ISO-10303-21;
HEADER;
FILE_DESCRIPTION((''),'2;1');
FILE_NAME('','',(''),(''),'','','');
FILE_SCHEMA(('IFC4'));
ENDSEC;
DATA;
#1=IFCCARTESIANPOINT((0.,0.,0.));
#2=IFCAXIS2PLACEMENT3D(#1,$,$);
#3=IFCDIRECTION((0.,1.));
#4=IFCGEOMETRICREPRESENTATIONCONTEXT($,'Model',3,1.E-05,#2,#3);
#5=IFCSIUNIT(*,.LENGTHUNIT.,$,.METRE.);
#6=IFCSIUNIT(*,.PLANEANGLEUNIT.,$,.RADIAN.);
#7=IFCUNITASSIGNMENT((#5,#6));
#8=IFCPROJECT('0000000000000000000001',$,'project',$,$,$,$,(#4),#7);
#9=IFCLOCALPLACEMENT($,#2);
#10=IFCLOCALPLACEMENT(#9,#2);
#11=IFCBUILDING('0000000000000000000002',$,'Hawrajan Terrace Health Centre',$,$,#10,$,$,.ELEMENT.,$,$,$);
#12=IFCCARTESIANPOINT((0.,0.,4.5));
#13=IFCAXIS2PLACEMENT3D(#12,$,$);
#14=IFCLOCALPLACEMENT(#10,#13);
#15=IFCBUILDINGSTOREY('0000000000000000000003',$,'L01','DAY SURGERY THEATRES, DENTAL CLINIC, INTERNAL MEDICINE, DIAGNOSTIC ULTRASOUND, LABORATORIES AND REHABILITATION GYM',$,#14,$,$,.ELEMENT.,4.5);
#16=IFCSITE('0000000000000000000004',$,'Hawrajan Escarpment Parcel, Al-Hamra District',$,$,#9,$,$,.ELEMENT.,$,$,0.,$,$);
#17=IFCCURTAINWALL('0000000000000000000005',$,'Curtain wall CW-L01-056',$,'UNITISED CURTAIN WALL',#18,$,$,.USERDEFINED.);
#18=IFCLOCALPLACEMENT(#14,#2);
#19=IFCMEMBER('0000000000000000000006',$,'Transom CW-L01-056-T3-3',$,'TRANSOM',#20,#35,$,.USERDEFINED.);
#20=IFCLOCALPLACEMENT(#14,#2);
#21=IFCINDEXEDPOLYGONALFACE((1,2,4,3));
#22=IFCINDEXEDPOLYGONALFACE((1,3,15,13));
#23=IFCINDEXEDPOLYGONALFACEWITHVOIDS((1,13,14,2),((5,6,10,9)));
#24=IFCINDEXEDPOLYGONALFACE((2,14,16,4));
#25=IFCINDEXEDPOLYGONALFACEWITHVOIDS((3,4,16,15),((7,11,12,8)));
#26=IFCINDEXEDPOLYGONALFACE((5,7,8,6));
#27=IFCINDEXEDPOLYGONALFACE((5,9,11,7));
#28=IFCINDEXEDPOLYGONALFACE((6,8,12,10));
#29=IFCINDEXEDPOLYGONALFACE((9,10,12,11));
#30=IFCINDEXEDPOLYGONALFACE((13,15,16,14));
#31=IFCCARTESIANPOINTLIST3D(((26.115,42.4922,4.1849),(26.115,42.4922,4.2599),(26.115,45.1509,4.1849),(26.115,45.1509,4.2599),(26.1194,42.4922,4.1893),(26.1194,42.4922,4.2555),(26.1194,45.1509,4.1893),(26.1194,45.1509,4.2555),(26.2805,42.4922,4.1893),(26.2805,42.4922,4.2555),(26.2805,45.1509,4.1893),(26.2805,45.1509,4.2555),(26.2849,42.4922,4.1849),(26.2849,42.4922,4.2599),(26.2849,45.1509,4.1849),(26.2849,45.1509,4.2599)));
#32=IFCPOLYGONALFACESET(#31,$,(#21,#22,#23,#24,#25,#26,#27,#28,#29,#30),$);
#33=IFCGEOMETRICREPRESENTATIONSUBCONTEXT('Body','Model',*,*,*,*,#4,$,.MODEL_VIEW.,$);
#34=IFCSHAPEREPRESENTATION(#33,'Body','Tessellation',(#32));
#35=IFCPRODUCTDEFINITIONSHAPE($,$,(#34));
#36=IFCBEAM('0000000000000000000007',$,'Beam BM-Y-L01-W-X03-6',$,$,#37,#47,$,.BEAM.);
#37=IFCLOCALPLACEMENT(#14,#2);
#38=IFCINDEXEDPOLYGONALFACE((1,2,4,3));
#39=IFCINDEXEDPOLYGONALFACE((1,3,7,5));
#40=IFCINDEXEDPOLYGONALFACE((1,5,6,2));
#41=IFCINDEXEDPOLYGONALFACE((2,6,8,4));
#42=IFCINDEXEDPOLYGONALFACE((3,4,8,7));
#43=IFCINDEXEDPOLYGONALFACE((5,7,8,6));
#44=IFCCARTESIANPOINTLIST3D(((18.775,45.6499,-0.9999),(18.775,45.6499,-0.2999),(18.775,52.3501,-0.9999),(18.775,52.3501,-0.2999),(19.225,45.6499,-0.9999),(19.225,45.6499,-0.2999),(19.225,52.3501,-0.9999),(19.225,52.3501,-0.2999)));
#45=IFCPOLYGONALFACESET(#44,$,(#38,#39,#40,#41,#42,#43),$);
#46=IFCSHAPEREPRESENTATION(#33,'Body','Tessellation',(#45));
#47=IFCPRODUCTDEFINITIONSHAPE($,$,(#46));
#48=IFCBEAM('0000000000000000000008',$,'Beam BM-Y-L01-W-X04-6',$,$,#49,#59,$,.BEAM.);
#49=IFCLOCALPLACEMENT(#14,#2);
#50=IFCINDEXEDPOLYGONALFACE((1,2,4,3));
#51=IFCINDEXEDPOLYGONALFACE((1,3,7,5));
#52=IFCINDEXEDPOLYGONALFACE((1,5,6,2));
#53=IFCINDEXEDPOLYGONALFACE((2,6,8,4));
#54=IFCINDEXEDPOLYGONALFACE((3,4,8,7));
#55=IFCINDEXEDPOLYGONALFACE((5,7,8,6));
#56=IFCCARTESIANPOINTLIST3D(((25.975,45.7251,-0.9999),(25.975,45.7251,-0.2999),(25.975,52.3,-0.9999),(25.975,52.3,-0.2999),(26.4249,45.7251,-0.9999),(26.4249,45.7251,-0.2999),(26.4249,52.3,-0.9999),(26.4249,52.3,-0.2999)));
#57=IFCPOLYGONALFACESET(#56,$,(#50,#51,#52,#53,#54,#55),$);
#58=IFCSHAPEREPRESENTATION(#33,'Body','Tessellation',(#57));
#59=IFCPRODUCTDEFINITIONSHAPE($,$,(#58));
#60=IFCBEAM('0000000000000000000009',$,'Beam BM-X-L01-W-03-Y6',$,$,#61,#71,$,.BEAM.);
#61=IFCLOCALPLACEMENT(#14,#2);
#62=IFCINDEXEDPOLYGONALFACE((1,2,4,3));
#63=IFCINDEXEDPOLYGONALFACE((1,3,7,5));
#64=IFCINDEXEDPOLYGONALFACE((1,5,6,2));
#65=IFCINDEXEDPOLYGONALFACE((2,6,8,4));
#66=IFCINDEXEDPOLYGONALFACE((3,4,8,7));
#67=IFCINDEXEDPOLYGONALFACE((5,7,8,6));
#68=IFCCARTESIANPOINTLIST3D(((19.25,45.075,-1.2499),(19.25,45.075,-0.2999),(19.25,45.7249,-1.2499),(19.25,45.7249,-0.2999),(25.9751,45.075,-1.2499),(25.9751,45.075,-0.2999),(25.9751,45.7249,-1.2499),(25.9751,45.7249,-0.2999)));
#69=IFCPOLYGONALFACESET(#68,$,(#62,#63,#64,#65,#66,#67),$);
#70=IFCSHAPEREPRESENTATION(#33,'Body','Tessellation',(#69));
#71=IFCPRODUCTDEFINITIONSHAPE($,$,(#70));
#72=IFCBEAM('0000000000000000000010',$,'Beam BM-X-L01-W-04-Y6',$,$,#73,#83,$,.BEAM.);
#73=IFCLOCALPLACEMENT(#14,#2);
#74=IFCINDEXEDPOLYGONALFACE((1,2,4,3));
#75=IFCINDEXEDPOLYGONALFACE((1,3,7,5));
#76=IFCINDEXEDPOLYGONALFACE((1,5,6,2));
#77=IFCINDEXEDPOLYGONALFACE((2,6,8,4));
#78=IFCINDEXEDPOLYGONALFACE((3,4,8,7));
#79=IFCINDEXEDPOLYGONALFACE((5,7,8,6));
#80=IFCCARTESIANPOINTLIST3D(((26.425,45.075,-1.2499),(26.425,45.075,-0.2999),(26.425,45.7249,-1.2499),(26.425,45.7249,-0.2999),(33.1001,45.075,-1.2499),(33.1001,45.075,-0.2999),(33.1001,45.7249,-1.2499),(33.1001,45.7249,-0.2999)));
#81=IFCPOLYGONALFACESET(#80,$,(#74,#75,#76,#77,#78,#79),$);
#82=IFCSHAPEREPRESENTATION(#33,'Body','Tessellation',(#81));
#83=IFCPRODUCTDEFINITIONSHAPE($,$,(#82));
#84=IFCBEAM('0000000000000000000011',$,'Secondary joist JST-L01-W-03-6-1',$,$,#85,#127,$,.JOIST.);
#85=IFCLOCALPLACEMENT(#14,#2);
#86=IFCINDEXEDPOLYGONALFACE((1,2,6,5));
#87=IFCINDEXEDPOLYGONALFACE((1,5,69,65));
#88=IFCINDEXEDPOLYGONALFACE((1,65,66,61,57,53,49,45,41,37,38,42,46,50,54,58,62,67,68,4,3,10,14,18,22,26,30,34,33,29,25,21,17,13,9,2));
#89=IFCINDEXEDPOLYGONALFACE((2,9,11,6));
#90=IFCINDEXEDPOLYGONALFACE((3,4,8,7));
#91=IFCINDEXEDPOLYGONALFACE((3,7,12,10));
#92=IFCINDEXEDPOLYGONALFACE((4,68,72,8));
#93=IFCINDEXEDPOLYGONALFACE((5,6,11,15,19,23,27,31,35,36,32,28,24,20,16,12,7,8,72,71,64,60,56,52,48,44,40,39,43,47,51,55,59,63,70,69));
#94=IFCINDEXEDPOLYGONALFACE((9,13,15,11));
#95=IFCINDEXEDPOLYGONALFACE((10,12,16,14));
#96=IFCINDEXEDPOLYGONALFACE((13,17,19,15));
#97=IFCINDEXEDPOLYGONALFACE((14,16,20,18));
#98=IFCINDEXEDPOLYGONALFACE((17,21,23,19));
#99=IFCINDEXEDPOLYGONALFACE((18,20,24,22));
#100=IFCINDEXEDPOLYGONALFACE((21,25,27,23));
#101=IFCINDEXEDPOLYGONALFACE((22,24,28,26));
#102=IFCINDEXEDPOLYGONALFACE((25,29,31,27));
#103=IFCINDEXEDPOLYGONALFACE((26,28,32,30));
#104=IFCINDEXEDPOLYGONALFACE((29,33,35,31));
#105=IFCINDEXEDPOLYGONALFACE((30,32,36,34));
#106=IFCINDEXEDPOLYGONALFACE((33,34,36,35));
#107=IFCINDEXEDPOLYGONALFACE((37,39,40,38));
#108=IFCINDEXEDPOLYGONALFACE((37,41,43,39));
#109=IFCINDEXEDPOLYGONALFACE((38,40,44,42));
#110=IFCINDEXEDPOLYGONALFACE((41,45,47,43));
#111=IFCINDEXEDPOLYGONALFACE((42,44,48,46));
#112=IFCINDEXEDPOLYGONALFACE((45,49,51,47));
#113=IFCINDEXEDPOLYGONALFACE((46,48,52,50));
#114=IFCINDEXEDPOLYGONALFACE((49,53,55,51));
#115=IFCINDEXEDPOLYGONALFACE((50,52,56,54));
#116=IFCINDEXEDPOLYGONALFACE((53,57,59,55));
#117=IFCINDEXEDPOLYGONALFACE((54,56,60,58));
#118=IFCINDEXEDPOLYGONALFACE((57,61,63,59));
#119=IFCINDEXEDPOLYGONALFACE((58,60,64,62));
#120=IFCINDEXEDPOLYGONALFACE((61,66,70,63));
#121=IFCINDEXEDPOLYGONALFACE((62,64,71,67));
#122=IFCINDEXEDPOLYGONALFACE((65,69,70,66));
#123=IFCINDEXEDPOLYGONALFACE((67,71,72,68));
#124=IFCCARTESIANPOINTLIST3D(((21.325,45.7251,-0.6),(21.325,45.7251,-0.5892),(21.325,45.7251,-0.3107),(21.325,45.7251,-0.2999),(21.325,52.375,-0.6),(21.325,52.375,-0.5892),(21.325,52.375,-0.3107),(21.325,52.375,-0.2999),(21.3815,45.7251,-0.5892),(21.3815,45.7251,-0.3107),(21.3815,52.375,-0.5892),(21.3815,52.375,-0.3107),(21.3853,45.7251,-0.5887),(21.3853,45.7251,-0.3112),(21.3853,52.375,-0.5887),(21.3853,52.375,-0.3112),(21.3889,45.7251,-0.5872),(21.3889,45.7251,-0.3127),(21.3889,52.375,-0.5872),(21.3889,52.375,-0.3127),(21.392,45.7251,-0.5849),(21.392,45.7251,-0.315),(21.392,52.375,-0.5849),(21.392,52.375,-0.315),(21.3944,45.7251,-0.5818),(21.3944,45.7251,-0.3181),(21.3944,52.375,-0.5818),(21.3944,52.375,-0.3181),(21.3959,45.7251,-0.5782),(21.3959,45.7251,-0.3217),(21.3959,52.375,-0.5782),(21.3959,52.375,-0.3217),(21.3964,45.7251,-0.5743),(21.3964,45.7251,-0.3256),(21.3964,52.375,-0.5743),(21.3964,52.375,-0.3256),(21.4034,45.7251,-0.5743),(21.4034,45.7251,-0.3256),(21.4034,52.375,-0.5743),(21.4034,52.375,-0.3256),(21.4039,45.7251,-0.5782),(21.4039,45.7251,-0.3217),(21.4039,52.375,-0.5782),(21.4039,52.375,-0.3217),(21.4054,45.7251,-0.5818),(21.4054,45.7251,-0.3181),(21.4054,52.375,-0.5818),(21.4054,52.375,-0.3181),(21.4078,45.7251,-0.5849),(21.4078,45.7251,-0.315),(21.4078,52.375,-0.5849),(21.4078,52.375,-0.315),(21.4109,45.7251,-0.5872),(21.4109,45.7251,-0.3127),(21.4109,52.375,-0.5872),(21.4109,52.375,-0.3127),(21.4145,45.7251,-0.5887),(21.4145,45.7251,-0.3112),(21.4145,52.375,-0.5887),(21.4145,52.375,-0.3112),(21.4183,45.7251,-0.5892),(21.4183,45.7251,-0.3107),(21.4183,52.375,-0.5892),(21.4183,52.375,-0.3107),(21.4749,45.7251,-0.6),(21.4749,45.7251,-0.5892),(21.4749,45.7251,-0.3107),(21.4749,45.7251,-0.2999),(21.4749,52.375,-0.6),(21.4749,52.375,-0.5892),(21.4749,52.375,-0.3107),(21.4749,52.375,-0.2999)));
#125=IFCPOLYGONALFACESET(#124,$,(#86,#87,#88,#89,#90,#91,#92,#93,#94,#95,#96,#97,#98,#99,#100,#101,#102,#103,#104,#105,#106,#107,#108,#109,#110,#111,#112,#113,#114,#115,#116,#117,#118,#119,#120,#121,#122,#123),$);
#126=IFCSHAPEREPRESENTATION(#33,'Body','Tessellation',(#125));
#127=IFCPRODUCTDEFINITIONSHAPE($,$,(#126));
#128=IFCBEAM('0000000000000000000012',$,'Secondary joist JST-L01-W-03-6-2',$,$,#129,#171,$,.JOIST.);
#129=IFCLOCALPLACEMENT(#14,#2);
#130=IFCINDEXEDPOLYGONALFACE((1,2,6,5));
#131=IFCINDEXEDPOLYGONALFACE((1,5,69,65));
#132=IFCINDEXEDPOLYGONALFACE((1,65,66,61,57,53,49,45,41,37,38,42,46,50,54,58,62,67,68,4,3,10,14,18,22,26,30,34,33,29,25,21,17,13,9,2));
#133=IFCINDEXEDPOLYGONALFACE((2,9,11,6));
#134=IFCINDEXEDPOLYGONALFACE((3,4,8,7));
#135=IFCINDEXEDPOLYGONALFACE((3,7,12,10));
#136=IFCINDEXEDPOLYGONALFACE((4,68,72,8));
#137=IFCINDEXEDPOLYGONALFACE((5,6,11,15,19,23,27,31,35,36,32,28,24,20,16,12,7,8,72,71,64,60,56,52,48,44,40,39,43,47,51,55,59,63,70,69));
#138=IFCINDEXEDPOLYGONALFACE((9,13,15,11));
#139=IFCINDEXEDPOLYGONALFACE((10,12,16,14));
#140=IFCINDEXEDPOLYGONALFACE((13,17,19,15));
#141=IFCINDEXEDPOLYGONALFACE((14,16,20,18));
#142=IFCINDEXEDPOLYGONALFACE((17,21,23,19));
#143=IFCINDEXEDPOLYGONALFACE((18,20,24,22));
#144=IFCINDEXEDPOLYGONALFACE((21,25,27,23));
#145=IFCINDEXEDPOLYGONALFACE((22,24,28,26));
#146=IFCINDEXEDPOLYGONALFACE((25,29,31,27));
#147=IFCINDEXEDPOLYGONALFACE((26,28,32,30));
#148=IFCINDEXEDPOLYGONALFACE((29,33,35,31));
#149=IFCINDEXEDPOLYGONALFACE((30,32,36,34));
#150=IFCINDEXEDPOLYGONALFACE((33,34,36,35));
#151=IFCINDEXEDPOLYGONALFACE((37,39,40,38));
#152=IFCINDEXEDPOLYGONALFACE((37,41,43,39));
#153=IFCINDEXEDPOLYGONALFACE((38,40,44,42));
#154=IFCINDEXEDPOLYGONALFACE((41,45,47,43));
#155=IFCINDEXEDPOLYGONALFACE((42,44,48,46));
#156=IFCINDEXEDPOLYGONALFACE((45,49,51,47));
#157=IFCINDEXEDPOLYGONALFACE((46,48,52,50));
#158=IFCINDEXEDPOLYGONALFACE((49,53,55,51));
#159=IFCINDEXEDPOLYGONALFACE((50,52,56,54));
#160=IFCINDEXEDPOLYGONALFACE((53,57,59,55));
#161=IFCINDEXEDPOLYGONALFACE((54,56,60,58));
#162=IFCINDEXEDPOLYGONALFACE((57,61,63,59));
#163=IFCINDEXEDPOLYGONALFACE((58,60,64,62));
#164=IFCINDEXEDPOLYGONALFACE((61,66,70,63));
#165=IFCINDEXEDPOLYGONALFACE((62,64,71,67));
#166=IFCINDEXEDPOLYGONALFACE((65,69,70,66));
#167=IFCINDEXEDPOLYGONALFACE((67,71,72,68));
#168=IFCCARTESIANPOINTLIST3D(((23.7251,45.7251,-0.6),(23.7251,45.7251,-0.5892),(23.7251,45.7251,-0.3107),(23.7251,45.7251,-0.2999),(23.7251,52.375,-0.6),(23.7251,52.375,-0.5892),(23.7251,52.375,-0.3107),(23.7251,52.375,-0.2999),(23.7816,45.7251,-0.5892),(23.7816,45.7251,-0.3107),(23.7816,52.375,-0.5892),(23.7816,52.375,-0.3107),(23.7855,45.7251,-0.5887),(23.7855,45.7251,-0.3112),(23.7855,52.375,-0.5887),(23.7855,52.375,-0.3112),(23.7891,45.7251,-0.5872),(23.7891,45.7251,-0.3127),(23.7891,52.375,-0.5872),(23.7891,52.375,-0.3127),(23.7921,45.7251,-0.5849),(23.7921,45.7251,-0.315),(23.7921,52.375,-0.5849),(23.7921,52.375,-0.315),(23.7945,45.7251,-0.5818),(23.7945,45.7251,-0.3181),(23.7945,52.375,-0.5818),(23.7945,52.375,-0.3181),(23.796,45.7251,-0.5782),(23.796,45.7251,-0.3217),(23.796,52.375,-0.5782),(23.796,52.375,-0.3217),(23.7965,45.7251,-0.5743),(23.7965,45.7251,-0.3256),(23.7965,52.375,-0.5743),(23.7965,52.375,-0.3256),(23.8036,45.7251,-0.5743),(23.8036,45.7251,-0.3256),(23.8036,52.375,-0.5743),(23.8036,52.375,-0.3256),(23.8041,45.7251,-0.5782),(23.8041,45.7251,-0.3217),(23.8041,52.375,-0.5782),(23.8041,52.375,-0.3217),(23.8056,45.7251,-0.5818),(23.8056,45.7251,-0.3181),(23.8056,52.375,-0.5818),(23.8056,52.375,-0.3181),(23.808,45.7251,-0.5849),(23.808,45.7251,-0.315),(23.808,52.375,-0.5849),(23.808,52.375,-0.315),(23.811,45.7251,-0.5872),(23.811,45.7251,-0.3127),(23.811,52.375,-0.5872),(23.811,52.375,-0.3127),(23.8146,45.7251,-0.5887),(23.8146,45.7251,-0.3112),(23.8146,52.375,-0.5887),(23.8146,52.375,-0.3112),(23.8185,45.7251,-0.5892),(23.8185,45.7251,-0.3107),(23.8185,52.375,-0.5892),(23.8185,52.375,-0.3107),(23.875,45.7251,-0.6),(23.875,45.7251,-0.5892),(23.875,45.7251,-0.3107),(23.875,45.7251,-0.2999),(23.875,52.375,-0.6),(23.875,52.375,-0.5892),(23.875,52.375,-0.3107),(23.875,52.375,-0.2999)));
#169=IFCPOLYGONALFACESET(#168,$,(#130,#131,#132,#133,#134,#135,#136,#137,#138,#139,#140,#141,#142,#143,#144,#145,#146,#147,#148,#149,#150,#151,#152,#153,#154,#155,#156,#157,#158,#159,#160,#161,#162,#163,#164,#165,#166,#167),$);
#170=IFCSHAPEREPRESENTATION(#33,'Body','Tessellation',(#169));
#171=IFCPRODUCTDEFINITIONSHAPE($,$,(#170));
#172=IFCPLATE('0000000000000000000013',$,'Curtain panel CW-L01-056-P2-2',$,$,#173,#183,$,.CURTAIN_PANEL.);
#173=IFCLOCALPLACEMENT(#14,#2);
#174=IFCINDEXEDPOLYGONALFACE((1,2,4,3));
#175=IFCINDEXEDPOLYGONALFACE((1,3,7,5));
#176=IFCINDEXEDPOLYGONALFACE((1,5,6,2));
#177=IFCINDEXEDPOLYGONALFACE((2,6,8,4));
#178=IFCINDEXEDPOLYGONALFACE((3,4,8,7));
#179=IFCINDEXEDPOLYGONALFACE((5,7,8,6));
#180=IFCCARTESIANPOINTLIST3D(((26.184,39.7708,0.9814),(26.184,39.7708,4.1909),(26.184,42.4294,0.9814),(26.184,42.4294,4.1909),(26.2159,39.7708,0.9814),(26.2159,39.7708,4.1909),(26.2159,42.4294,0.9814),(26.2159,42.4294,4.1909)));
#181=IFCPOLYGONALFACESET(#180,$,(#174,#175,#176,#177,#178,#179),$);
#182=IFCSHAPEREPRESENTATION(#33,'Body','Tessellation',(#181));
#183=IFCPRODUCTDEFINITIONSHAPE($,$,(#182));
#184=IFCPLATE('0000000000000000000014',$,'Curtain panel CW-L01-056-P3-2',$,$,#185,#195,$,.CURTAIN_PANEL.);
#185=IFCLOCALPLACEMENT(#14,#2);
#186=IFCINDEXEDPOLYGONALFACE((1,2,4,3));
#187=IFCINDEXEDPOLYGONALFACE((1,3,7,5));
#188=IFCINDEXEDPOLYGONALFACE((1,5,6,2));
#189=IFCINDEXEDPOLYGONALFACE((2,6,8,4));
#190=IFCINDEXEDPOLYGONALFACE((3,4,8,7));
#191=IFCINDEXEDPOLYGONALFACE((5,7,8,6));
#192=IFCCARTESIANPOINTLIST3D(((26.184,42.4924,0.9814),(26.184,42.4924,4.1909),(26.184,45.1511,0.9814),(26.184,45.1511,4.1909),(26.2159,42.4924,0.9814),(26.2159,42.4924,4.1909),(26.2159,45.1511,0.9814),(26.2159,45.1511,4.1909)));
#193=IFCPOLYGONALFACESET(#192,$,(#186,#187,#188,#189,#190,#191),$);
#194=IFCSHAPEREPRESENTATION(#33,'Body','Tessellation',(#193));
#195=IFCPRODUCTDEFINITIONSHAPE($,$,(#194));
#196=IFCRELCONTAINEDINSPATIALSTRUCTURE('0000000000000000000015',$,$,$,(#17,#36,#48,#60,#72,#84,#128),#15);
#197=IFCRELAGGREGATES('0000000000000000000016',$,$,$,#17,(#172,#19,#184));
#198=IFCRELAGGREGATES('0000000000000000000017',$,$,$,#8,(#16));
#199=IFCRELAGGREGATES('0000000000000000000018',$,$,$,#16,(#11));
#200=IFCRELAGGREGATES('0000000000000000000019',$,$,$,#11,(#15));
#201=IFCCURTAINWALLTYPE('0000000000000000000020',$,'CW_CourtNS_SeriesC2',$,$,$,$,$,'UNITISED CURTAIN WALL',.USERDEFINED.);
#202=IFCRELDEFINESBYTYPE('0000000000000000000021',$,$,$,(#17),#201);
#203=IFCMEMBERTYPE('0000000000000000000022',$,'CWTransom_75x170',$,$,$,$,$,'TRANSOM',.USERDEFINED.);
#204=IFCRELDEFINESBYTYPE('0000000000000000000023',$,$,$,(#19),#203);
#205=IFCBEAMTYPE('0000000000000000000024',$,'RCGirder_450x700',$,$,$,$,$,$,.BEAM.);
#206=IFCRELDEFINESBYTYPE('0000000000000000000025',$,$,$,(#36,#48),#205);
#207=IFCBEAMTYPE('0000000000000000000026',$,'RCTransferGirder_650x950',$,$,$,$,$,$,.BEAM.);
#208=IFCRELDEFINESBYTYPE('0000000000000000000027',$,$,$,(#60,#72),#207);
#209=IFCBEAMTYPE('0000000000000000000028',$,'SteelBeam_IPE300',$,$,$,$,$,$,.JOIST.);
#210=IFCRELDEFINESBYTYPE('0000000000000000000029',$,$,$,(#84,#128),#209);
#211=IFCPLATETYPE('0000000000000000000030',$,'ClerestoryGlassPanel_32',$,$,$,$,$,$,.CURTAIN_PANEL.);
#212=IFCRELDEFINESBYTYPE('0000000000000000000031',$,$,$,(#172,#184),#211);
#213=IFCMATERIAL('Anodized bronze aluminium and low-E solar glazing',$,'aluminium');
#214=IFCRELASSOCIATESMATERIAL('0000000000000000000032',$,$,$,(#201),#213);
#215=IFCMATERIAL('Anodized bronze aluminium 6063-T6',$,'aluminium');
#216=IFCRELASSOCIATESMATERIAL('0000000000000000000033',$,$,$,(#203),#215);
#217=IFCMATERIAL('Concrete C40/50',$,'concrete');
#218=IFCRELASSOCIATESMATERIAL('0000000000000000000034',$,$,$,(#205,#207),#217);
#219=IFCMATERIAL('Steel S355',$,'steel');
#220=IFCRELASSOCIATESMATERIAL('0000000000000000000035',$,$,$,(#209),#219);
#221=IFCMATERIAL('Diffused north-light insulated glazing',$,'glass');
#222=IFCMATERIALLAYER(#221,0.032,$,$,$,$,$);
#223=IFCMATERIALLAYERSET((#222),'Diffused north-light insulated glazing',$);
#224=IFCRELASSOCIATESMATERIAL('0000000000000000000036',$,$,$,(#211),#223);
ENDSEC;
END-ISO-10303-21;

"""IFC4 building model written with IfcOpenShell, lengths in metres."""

from ifc_helpers import new_model, si_unit, direction, frame, origin, origin_2d, place, context, subcontext, project, spatial, rectangle, hollow_rectangle, i_section, extrude, material, layer, layer_set, material_profile, profile_set, type_object, element, aggregate, save


model = new_model("IFC4")

# Units and contexts
model_context = context("Model", 3, precision=1e-05, world=origin(), true_north=direction((0.0, 1.0)))
body_context = subcontext(model_context, "Body", "Model", "MODEL_VIEW")
ifc_project = project(units=[si_unit("LENGTHUNIT", "METRE"), si_unit("PLANEANGLEUNIT", "RADIAN")], contexts=[model_context])

# Site, building, storey
site_placement = place(None, origin())
site = spatial("IfcSite", under=ifc_project, at=site_placement, Name="Hawrajan Escarpment Parcel, Al-Hamra District", CompositionType="ELEMENT", RefElevation=0.0)
building_placement = place(site_placement, origin())
building = spatial("IfcBuilding", under=site, at=building_placement, Name="Hawrajan Terrace Health Centre", CompositionType="ELEMENT")
storey_placement = place(building_placement, frame((0.0, 0.0, 4.5)))
storey = spatial("IfcBuildingStorey", under=building, at=storey_placement, Name="L01", Description="DAY SURGERY THEATRES, DENTAL CLINIC, INTERNAL MEDICINE, DIAGNOSTIC ULTRASOUND, LABORATORIES AND REHABILITATION GYM", CompositionType="ELEMENT", Elevation=4.5)

# Shared definitions
ifc_material_1 = material(Name="Anodized bronze aluminium and low-E solar glazing", Category="aluminium")
ifc_material_2 = material(Name="Anodized bronze aluminium 6063-T6", Category="aluminium")

# Curtain wall
curtain_wall_type_1 = type_object("IfcCurtainWallType", Name="CW_CourtNS_SeriesC2", ElementType="UNITISED CURTAIN WALL", PredefinedType="USERDEFINED", material=ifc_material_1)
curtain_wall_1_placement = place(storey_placement, origin())
curtain_wall_1 = element("IfcCurtainWall", 1, at=curtain_wall_1_placement, inside=storey, type_object=curtain_wall_type_1, Name="Curtain wall CW-L01-056", ObjectType="UNITISED CURTAIN WALL", PredefinedType="USERDEFINED")

# Member
ifc_material_profile_1 = material_profile(ifc_material_2, hollow_rectangle(XDim=0.075, YDim=0.1699, WallThickness=0.0044, at=origin_2d()), Name="CW TRN 75x170")
ifc_profile_set_1 = profile_set([ifc_material_profile_1], Name="Anodized bronze aluminium 6063-T6")
member_type_1 = type_object("IfcMemberType", Name="CWTransom_75x170", ElementType="TRANSOM", PredefinedType="USERDEFINED", material=ifc_profile_set_1)
member_1_placement = place(storey_placement, frame((26.2, 42.4922, 4.2224), z_axis=(0.0, 1.0, 0.0), x_axis=(0.0, 0.0, 1.0)))
member_1 = element("IfcMember", 2, at=member_1_placement, type_object=member_type_1, Name="Transom CW-L01-056-T3-3", ObjectType="TRANSOM", PredefinedType="USERDEFINED", context=body_context, shape_type="SweptSolid", body=[
    extrude(hollow_rectangle(XDim=0.075, YDim=0.1699, WallThickness=0.0044, at=origin_2d()), origin(), (0.0, 0.0, 1.0), 2.6587),
])

# Beams
ifc_material_3 = material(Name="Concrete C40/50", Category="concrete")
ifc_material_profile_2 = material_profile(ifc_material_3, rectangle(XDim=0.45, YDim=0.7, at=origin_2d()), Name="RC BM 450x700")
ifc_profile_set_2 = profile_set([ifc_material_profile_2], Name="Concrete C40/50")
beam_type_1 = type_object("IfcBeamType", Name="RCGirder_450x700", PredefinedType="BEAM", material=ifc_profile_set_2)
beam_1_placement = place(storey_placement, frame((19.0, 45.6499, -0.6499), z_axis=(0.0, 1.0, 0.0), x_axis=(-1.0, 0.0, 0.0)))
element("IfcBeam", 3, at=beam_1_placement, inside=storey, type_object=beam_type_1, Name="Beam BM-Y-L01-W-X03-6", PredefinedType="BEAM", context=body_context, shape_type="SweptSolid", body=[
    extrude(rectangle(XDim=0.45, YDim=0.7, at=origin_2d()), origin(), (0.0, 0.0, 1.0), 6.7002),
])
beam_2_placement = place(storey_placement, frame((26.2, 45.7251, -0.6499), z_axis=(0.0, 1.0, 0.0), x_axis=(-1.0, 0.0, 0.0)))
element("IfcBeam", 4, at=beam_2_placement, inside=storey, type_object=beam_type_1, Name="Beam BM-Y-L01-W-X04-6", PredefinedType="BEAM", context=body_context, shape_type="SweptSolid", body=[
    extrude(rectangle(XDim=0.45, YDim=0.7, at=origin_2d()), origin(), (0.0, 0.0, 1.0), 6.575),
])
ifc_material_profile_3 = material_profile(ifc_material_3, rectangle(XDim=0.6499, YDim=0.95, at=origin_2d()), Name="RC TG 650x950")
ifc_profile_set_3 = profile_set([ifc_material_profile_3], Name="Concrete C40/50")
beam_type_2 = type_object("IfcBeamType", Name="RCTransferGirder_650x950", PredefinedType="BEAM", material=ifc_profile_set_3)
beam_3_placement = place(storey_placement, frame((19.25, 45.3999, -0.7749), z_axis=(1.0, 0.0, 0.0), x_axis=(0.0, 1.0, 0.0)))
element("IfcBeam", 5, at=beam_3_placement, inside=storey, type_object=beam_type_2, Name="Beam BM-X-L01-W-03-Y6", PredefinedType="BEAM", context=body_context, shape_type="SweptSolid", body=[
    extrude(rectangle(XDim=0.6499, YDim=0.95, at=origin_2d()), origin(), (0.0, 0.0, 1.0), 6.7251),
])
beam_4_placement = place(storey_placement, frame((26.425, 45.3999, -0.7749), z_axis=(1.0, 0.0, 0.0), x_axis=(0.0, 1.0, 0.0)))
element("IfcBeam", 6, at=beam_4_placement, inside=storey, type_object=beam_type_2, Name="Beam BM-X-L01-W-04-Y6", PredefinedType="BEAM", context=body_context, shape_type="SweptSolid", body=[
    extrude(rectangle(XDim=0.6499, YDim=0.95, at=origin_2d()), origin(), (0.0, 0.0, 1.0), 6.675),
])
ifc_material_4 = material(Name="Steel S355", Category="steel")
ifc_material_profile_4 = material_profile(ifc_material_4, i_section(OverallWidth=0.1499, OverallDepth=0.3, WebThickness=0.0071, FlangeThickness=0.0107, FilletRadius=0.0149, at=origin_2d()), Name="IPE 300")
ifc_profile_set_4 = profile_set([ifc_material_profile_4], Name="Steel S355")
beam_type_3 = type_object("IfcBeamType", Name="SteelBeam_IPE300", PredefinedType="JOIST", material=ifc_profile_set_4)
for number, where, z_axis, x_axis, name in (
    (7, (21.3999, 45.7251, -0.45), (0.0, 1.0, 0.0), (-1.0, 0.0, 0.0), "Secondary joist JST-L01-W-03-6-1"),
    (8, (23.8, 45.7251, -0.45), (0.0, 1.0, 0.0), (-1.0, 0.0, 0.0), "Secondary joist JST-L01-W-03-6-2"),
):
    element("IfcBeam", number, at=place(storey_placement, frame(where, z_axis=z_axis, x_axis=x_axis)), inside=storey, type_object=beam_type_3, Name=name, PredefinedType="JOIST", context=body_context, shape_type="SweptSolid", body=[
        extrude(i_section(OverallWidth=0.1499, OverallDepth=0.3, WebThickness=0.0071, FlangeThickness=0.0107, FilletRadius=0.0149, at=origin_2d()), origin(), (0.0, 0.0, 1.0), 6.6499),
    ])

# Plates
ifc_material_5 = material(Name="Diffused north-light insulated glazing", Category="glass")
ifc_layer_1 = layer(ifc_material_5, 0.032)
ifc_layer_set_1 = layer_set([ifc_layer_1], Name="Diffused north-light insulated glazing")
plate_type_1 = type_object("IfcPlateType", Name="ClerestoryGlassPanel_32", PredefinedType="CURTAIN_PANEL", material=ifc_layer_set_1)
plate_1_placement = place(storey_placement, frame((26.2, 41.1001, 0.9814), z_axis=(0.0, 0.0, 1.0), x_axis=(0.0, 1.0, 0.0)))
plate_1 = element("IfcPlate", 9, at=plate_1_placement, type_object=plate_type_1, Name="Curtain panel CW-L01-056-P2-2", PredefinedType="CURTAIN_PANEL", context=body_context, shape_type="SweptSolid", body=[
    extrude(rectangle(XDim=2.6587, YDim=0.032, at=origin_2d()), origin(), (0.0, 0.0, 1.0), 3.2095),
])
plate_2_placement = place(storey_placement, frame((26.2, 43.8218, 0.9814), z_axis=(0.0, 0.0, 1.0), x_axis=(0.0, 1.0, 0.0)))
plate_2 = element("IfcPlate", 10, at=plate_2_placement, type_object=plate_type_1, Name="Curtain panel CW-L01-056-P3-2", PredefinedType="CURTAIN_PANEL", context=body_context, shape_type="SweptSolid", body=[
    extrude(rectangle(XDim=2.6587, YDim=0.032, at=origin_2d()), origin(), (0.0, 0.0, 1.0), 3.2095),
])
aggregate(curtain_wall_1, [plate_1, member_1, plate_2])

save(model, "model.ifc")
